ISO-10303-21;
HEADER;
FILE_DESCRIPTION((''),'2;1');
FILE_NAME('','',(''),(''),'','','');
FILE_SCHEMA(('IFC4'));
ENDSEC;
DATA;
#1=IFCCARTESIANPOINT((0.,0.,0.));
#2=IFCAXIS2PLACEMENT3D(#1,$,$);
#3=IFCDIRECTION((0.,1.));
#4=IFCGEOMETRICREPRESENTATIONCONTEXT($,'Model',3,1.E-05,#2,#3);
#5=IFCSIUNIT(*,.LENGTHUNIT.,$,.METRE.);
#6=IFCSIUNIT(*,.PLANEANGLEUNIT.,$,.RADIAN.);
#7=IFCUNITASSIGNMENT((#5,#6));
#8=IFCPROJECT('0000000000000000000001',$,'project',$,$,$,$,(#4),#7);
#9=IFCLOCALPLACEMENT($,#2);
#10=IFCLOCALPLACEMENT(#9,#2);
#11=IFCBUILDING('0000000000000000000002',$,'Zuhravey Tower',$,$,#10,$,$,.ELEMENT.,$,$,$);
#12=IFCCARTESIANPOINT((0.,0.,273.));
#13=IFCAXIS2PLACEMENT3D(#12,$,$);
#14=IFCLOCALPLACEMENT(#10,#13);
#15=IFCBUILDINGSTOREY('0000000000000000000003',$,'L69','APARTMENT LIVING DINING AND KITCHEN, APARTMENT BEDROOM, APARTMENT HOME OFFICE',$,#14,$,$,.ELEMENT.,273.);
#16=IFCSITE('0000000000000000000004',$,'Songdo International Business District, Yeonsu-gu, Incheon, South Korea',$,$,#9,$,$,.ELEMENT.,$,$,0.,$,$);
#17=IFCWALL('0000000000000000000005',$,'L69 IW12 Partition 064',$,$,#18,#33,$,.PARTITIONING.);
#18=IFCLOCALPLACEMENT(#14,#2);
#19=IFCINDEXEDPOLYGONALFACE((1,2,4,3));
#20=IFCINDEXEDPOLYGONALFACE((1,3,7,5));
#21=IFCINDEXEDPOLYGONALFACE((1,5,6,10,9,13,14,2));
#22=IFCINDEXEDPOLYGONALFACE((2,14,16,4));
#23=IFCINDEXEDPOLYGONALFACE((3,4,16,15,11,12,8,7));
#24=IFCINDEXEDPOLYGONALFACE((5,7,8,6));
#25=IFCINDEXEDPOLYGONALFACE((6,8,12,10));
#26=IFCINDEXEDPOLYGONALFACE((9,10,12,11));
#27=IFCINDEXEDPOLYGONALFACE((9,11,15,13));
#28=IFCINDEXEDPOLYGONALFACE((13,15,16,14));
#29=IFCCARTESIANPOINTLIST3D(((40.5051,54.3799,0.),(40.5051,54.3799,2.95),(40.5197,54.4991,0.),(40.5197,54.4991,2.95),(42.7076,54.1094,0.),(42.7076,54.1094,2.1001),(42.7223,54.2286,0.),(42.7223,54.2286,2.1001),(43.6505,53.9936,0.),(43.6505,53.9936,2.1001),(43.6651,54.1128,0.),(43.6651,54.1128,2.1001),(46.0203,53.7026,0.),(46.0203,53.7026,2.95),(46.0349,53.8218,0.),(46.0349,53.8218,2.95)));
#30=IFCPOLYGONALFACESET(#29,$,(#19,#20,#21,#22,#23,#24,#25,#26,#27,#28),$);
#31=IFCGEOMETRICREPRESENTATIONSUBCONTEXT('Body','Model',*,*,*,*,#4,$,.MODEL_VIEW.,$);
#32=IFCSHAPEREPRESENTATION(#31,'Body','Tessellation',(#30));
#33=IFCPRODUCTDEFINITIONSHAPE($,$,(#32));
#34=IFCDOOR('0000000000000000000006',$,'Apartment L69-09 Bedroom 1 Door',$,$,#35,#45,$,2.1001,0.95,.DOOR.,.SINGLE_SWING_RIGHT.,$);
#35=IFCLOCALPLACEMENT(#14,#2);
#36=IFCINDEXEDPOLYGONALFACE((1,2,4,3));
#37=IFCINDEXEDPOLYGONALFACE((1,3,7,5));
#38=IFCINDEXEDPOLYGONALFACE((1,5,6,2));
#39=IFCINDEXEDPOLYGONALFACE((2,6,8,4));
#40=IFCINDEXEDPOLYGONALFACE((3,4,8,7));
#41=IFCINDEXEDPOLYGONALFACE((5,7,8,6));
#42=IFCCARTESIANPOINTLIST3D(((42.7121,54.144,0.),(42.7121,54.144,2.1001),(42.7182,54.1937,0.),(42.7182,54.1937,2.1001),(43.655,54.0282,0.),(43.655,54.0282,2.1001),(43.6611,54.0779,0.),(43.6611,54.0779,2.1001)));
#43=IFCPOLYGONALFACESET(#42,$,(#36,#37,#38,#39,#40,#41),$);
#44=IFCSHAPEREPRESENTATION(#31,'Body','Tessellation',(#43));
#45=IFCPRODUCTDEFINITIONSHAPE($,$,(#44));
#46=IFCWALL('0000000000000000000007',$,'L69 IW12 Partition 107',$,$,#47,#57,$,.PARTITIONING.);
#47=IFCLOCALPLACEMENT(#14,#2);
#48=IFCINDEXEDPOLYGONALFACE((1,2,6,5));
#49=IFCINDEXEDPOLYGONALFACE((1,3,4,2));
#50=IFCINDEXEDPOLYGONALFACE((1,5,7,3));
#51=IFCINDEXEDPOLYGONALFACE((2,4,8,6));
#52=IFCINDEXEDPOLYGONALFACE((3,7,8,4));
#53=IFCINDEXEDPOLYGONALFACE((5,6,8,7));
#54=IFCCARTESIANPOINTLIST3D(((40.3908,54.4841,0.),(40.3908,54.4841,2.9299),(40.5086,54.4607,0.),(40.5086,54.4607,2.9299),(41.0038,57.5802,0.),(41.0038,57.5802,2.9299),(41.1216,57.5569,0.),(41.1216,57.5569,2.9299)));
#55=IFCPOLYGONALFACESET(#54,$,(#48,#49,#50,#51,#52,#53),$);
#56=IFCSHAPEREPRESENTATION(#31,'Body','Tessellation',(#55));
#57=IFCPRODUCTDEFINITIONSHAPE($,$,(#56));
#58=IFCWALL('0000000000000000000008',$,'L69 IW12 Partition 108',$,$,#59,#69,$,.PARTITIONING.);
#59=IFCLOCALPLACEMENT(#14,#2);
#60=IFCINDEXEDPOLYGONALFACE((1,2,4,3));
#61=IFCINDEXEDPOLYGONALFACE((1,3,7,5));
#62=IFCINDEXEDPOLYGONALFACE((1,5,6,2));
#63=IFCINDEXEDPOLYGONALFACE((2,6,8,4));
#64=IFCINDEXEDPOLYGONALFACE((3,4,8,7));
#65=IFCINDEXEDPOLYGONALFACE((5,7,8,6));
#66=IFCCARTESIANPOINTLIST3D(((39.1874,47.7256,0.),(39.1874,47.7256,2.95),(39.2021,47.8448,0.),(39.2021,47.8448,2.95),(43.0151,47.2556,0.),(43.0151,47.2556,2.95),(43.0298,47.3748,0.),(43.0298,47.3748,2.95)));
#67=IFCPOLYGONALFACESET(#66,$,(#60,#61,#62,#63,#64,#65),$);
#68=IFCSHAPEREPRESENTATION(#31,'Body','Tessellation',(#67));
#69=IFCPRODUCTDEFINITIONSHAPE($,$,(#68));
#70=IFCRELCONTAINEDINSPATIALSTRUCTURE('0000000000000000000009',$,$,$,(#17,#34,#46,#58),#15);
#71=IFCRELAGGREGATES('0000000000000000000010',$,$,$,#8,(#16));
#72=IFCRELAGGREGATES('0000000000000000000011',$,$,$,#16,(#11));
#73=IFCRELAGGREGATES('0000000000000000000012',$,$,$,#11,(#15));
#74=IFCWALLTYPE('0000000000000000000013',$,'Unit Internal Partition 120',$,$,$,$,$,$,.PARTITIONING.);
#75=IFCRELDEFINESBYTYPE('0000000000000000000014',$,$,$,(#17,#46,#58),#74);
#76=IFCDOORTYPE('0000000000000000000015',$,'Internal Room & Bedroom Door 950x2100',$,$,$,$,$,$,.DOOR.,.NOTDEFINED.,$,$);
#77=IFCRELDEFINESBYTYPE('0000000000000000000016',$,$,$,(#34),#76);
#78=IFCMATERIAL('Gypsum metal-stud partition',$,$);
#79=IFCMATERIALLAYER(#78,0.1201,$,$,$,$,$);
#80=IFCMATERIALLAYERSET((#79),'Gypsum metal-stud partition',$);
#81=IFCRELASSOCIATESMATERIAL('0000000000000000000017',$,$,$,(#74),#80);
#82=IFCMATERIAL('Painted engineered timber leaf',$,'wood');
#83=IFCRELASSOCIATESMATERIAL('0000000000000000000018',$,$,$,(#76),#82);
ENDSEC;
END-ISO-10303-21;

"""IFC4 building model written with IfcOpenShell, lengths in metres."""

from ifc_helpers import new_model, si_unit, direction, frame, frame_2d, origin, place, context, subcontext, project, spatial, rectangle, extrude, material, layer, layer_set, type_object, element, fill, save


model = new_model("IFC4")

# Units and contexts
model_context = context("Model", 3, precision=1e-05, world=origin(), true_north=direction((0.0, 1.0)))
body_context = subcontext(model_context, "Body", "Model", "MODEL_VIEW")
ifc_project = project(units=[si_unit("LENGTHUNIT", "METRE"), si_unit("PLANEANGLEUNIT", "RADIAN")], contexts=[model_context])

# Site, building, storey
site_placement = place(None, origin())
site = spatial("IfcSite", under=ifc_project, at=site_placement, Name="Songdo International Business District, Yeonsu-gu, Incheon, South Korea", CompositionType="ELEMENT", RefElevation=0.0)
building_placement = place(site_placement, origin())
building = spatial("IfcBuilding", under=site, at=building_placement, Name="Zuhravey Tower", CompositionType="ELEMENT")
storey_placement = place(building_placement, frame((0.0, 0.0, 273.0)))
storey = spatial("IfcBuildingStorey", under=building, at=storey_placement, Name="L69", Description="APARTMENT LIVING DINING AND KITCHEN, APARTMENT BEDROOM, APARTMENT HOME OFFICE", CompositionType="ELEMENT", Elevation=273.0)

# Shared definitions
ifc_material_1 = material(Name="Gypsum metal-stud partition")
ifc_layer_1 = layer(ifc_material_1, 0.1201)
ifc_layer_set_1 = layer_set([ifc_layer_1], Name="Gypsum metal-stud partition")
wall_type_1 = type_object("IfcWallType", Name="Unit Internal Partition 120", PredefinedType="PARTITIONING", material=ifc_layer_set_1)
ifc_material_2 = material(Name="Painted engineered timber leaf", Category="wood")
door_type = type_object("IfcDoorType", Name="Internal Room & Bedroom Door 950x2100", OperationType="NOTDEFINED", PredefinedType="DOOR", material=ifc_material_2)

# Wall, opening, door
wall_1_placement = place(storey_placement, frame((46.0276, 53.7622, 0.0), z_axis=(0.0, 0.0, 1.0), x_axis=(-0.992545, 0.121882, 0.0)))
wall_1 = element("IfcWall", 1, at=wall_1_placement, inside=storey, type_object=wall_type_1, Name="L69 IW12 Partition 064", PredefinedType="PARTITIONING", context=body_context, shape_type="SweptSolid", body=[
    extrude(rectangle(XDim=5.5566, YDim=0.1201, at=frame_2d((2.7783, 0.0))), origin(), (0.0, 0.0, 1.0), 2.95),
])
opening_1_placement = place(wall_1_placement, frame((2.3875, 0.0, 0.0)))
opening_1 = element("IfcOpeningElement", 2, at=opening_1_placement, cuts=wall_1, PredefinedType="OPENING", context=body_context, shape_type="SweptSolid", body=[
    extrude(rectangle(XDim=0.95, YDim=2.1001, at=frame_2d((0.4751, 1.05))), frame((0.0, 0.072, 0.0), z_axis=(0.0, -1.0, 0.0), x_axis=(1.0, 0.0, 0.0)), (0.0, 0.0, 1.0), 0.144),
])
door_1_placement = place(opening_1_placement, frame((0.95, 0.0, 0.0), z_axis=(0.0, 0.0, 1.0), x_axis=(-1.0, 0.0, 0.0)))
door_1 = element("IfcDoor", 3, at=door_1_placement, inside=storey, type_object=door_type, Name="Apartment L69-09 Bedroom 1 Door", OperationType="SINGLE_SWING_RIGHT", OverallHeight=2.1001, OverallWidth=0.95, PredefinedType="DOOR", context=body_context, shape_type="SweptSolid", body=[
    extrude(rectangle(XDim=0.95, YDim=2.1001, at=frame_2d((0.4751, 1.05))), frame((0.0, 0.0249, 0.0), z_axis=(0.0, -1.0, 0.0), x_axis=(1.0, 0.0, 0.0)), (0.0, 0.0, 1.0), 0.05),
])
fill(opening_1, door_1)

# Walls
wall_2_placement = place(storey_placement, frame((40.4497, 54.4724, 0.0), z_axis=(0.0, 0.0, 1.0), x_axis=(0.194227, 0.980957, 0.0)))
element("IfcWall", 4, at=wall_2_placement, inside=storey, type_object=wall_type_1, Name="L69 IW12 Partition 107", PredefinedType="PARTITIONING", context=body_context, shape_type="SweptSolid", body=[
    extrude(rectangle(XDim=3.1562, YDim=0.1201, at=frame_2d((1.5781, 0.0))), origin(), (0.0, 0.0, 1.0), 2.9299),
])
wall_3_placement = place(storey_placement, frame((43.0225, 47.3152, 0.0), z_axis=(0.0, 0.0, 1.0), x_axis=(-0.992546, 0.121868, 0.0)))
element("IfcWall", 5, at=wall_3_placement, inside=storey, type_object=wall_type_1, Name="L69 IW12 Partition 108", PredefinedType="PARTITIONING", context=body_context, shape_type="SweptSolid", body=[
    extrude(rectangle(XDim=3.8564, YDim=0.1201, at=frame_2d((1.9282, 0.0))), origin(), (0.0, 0.0, 1.0), 2.95),
])

save(model, "model.ifc")
